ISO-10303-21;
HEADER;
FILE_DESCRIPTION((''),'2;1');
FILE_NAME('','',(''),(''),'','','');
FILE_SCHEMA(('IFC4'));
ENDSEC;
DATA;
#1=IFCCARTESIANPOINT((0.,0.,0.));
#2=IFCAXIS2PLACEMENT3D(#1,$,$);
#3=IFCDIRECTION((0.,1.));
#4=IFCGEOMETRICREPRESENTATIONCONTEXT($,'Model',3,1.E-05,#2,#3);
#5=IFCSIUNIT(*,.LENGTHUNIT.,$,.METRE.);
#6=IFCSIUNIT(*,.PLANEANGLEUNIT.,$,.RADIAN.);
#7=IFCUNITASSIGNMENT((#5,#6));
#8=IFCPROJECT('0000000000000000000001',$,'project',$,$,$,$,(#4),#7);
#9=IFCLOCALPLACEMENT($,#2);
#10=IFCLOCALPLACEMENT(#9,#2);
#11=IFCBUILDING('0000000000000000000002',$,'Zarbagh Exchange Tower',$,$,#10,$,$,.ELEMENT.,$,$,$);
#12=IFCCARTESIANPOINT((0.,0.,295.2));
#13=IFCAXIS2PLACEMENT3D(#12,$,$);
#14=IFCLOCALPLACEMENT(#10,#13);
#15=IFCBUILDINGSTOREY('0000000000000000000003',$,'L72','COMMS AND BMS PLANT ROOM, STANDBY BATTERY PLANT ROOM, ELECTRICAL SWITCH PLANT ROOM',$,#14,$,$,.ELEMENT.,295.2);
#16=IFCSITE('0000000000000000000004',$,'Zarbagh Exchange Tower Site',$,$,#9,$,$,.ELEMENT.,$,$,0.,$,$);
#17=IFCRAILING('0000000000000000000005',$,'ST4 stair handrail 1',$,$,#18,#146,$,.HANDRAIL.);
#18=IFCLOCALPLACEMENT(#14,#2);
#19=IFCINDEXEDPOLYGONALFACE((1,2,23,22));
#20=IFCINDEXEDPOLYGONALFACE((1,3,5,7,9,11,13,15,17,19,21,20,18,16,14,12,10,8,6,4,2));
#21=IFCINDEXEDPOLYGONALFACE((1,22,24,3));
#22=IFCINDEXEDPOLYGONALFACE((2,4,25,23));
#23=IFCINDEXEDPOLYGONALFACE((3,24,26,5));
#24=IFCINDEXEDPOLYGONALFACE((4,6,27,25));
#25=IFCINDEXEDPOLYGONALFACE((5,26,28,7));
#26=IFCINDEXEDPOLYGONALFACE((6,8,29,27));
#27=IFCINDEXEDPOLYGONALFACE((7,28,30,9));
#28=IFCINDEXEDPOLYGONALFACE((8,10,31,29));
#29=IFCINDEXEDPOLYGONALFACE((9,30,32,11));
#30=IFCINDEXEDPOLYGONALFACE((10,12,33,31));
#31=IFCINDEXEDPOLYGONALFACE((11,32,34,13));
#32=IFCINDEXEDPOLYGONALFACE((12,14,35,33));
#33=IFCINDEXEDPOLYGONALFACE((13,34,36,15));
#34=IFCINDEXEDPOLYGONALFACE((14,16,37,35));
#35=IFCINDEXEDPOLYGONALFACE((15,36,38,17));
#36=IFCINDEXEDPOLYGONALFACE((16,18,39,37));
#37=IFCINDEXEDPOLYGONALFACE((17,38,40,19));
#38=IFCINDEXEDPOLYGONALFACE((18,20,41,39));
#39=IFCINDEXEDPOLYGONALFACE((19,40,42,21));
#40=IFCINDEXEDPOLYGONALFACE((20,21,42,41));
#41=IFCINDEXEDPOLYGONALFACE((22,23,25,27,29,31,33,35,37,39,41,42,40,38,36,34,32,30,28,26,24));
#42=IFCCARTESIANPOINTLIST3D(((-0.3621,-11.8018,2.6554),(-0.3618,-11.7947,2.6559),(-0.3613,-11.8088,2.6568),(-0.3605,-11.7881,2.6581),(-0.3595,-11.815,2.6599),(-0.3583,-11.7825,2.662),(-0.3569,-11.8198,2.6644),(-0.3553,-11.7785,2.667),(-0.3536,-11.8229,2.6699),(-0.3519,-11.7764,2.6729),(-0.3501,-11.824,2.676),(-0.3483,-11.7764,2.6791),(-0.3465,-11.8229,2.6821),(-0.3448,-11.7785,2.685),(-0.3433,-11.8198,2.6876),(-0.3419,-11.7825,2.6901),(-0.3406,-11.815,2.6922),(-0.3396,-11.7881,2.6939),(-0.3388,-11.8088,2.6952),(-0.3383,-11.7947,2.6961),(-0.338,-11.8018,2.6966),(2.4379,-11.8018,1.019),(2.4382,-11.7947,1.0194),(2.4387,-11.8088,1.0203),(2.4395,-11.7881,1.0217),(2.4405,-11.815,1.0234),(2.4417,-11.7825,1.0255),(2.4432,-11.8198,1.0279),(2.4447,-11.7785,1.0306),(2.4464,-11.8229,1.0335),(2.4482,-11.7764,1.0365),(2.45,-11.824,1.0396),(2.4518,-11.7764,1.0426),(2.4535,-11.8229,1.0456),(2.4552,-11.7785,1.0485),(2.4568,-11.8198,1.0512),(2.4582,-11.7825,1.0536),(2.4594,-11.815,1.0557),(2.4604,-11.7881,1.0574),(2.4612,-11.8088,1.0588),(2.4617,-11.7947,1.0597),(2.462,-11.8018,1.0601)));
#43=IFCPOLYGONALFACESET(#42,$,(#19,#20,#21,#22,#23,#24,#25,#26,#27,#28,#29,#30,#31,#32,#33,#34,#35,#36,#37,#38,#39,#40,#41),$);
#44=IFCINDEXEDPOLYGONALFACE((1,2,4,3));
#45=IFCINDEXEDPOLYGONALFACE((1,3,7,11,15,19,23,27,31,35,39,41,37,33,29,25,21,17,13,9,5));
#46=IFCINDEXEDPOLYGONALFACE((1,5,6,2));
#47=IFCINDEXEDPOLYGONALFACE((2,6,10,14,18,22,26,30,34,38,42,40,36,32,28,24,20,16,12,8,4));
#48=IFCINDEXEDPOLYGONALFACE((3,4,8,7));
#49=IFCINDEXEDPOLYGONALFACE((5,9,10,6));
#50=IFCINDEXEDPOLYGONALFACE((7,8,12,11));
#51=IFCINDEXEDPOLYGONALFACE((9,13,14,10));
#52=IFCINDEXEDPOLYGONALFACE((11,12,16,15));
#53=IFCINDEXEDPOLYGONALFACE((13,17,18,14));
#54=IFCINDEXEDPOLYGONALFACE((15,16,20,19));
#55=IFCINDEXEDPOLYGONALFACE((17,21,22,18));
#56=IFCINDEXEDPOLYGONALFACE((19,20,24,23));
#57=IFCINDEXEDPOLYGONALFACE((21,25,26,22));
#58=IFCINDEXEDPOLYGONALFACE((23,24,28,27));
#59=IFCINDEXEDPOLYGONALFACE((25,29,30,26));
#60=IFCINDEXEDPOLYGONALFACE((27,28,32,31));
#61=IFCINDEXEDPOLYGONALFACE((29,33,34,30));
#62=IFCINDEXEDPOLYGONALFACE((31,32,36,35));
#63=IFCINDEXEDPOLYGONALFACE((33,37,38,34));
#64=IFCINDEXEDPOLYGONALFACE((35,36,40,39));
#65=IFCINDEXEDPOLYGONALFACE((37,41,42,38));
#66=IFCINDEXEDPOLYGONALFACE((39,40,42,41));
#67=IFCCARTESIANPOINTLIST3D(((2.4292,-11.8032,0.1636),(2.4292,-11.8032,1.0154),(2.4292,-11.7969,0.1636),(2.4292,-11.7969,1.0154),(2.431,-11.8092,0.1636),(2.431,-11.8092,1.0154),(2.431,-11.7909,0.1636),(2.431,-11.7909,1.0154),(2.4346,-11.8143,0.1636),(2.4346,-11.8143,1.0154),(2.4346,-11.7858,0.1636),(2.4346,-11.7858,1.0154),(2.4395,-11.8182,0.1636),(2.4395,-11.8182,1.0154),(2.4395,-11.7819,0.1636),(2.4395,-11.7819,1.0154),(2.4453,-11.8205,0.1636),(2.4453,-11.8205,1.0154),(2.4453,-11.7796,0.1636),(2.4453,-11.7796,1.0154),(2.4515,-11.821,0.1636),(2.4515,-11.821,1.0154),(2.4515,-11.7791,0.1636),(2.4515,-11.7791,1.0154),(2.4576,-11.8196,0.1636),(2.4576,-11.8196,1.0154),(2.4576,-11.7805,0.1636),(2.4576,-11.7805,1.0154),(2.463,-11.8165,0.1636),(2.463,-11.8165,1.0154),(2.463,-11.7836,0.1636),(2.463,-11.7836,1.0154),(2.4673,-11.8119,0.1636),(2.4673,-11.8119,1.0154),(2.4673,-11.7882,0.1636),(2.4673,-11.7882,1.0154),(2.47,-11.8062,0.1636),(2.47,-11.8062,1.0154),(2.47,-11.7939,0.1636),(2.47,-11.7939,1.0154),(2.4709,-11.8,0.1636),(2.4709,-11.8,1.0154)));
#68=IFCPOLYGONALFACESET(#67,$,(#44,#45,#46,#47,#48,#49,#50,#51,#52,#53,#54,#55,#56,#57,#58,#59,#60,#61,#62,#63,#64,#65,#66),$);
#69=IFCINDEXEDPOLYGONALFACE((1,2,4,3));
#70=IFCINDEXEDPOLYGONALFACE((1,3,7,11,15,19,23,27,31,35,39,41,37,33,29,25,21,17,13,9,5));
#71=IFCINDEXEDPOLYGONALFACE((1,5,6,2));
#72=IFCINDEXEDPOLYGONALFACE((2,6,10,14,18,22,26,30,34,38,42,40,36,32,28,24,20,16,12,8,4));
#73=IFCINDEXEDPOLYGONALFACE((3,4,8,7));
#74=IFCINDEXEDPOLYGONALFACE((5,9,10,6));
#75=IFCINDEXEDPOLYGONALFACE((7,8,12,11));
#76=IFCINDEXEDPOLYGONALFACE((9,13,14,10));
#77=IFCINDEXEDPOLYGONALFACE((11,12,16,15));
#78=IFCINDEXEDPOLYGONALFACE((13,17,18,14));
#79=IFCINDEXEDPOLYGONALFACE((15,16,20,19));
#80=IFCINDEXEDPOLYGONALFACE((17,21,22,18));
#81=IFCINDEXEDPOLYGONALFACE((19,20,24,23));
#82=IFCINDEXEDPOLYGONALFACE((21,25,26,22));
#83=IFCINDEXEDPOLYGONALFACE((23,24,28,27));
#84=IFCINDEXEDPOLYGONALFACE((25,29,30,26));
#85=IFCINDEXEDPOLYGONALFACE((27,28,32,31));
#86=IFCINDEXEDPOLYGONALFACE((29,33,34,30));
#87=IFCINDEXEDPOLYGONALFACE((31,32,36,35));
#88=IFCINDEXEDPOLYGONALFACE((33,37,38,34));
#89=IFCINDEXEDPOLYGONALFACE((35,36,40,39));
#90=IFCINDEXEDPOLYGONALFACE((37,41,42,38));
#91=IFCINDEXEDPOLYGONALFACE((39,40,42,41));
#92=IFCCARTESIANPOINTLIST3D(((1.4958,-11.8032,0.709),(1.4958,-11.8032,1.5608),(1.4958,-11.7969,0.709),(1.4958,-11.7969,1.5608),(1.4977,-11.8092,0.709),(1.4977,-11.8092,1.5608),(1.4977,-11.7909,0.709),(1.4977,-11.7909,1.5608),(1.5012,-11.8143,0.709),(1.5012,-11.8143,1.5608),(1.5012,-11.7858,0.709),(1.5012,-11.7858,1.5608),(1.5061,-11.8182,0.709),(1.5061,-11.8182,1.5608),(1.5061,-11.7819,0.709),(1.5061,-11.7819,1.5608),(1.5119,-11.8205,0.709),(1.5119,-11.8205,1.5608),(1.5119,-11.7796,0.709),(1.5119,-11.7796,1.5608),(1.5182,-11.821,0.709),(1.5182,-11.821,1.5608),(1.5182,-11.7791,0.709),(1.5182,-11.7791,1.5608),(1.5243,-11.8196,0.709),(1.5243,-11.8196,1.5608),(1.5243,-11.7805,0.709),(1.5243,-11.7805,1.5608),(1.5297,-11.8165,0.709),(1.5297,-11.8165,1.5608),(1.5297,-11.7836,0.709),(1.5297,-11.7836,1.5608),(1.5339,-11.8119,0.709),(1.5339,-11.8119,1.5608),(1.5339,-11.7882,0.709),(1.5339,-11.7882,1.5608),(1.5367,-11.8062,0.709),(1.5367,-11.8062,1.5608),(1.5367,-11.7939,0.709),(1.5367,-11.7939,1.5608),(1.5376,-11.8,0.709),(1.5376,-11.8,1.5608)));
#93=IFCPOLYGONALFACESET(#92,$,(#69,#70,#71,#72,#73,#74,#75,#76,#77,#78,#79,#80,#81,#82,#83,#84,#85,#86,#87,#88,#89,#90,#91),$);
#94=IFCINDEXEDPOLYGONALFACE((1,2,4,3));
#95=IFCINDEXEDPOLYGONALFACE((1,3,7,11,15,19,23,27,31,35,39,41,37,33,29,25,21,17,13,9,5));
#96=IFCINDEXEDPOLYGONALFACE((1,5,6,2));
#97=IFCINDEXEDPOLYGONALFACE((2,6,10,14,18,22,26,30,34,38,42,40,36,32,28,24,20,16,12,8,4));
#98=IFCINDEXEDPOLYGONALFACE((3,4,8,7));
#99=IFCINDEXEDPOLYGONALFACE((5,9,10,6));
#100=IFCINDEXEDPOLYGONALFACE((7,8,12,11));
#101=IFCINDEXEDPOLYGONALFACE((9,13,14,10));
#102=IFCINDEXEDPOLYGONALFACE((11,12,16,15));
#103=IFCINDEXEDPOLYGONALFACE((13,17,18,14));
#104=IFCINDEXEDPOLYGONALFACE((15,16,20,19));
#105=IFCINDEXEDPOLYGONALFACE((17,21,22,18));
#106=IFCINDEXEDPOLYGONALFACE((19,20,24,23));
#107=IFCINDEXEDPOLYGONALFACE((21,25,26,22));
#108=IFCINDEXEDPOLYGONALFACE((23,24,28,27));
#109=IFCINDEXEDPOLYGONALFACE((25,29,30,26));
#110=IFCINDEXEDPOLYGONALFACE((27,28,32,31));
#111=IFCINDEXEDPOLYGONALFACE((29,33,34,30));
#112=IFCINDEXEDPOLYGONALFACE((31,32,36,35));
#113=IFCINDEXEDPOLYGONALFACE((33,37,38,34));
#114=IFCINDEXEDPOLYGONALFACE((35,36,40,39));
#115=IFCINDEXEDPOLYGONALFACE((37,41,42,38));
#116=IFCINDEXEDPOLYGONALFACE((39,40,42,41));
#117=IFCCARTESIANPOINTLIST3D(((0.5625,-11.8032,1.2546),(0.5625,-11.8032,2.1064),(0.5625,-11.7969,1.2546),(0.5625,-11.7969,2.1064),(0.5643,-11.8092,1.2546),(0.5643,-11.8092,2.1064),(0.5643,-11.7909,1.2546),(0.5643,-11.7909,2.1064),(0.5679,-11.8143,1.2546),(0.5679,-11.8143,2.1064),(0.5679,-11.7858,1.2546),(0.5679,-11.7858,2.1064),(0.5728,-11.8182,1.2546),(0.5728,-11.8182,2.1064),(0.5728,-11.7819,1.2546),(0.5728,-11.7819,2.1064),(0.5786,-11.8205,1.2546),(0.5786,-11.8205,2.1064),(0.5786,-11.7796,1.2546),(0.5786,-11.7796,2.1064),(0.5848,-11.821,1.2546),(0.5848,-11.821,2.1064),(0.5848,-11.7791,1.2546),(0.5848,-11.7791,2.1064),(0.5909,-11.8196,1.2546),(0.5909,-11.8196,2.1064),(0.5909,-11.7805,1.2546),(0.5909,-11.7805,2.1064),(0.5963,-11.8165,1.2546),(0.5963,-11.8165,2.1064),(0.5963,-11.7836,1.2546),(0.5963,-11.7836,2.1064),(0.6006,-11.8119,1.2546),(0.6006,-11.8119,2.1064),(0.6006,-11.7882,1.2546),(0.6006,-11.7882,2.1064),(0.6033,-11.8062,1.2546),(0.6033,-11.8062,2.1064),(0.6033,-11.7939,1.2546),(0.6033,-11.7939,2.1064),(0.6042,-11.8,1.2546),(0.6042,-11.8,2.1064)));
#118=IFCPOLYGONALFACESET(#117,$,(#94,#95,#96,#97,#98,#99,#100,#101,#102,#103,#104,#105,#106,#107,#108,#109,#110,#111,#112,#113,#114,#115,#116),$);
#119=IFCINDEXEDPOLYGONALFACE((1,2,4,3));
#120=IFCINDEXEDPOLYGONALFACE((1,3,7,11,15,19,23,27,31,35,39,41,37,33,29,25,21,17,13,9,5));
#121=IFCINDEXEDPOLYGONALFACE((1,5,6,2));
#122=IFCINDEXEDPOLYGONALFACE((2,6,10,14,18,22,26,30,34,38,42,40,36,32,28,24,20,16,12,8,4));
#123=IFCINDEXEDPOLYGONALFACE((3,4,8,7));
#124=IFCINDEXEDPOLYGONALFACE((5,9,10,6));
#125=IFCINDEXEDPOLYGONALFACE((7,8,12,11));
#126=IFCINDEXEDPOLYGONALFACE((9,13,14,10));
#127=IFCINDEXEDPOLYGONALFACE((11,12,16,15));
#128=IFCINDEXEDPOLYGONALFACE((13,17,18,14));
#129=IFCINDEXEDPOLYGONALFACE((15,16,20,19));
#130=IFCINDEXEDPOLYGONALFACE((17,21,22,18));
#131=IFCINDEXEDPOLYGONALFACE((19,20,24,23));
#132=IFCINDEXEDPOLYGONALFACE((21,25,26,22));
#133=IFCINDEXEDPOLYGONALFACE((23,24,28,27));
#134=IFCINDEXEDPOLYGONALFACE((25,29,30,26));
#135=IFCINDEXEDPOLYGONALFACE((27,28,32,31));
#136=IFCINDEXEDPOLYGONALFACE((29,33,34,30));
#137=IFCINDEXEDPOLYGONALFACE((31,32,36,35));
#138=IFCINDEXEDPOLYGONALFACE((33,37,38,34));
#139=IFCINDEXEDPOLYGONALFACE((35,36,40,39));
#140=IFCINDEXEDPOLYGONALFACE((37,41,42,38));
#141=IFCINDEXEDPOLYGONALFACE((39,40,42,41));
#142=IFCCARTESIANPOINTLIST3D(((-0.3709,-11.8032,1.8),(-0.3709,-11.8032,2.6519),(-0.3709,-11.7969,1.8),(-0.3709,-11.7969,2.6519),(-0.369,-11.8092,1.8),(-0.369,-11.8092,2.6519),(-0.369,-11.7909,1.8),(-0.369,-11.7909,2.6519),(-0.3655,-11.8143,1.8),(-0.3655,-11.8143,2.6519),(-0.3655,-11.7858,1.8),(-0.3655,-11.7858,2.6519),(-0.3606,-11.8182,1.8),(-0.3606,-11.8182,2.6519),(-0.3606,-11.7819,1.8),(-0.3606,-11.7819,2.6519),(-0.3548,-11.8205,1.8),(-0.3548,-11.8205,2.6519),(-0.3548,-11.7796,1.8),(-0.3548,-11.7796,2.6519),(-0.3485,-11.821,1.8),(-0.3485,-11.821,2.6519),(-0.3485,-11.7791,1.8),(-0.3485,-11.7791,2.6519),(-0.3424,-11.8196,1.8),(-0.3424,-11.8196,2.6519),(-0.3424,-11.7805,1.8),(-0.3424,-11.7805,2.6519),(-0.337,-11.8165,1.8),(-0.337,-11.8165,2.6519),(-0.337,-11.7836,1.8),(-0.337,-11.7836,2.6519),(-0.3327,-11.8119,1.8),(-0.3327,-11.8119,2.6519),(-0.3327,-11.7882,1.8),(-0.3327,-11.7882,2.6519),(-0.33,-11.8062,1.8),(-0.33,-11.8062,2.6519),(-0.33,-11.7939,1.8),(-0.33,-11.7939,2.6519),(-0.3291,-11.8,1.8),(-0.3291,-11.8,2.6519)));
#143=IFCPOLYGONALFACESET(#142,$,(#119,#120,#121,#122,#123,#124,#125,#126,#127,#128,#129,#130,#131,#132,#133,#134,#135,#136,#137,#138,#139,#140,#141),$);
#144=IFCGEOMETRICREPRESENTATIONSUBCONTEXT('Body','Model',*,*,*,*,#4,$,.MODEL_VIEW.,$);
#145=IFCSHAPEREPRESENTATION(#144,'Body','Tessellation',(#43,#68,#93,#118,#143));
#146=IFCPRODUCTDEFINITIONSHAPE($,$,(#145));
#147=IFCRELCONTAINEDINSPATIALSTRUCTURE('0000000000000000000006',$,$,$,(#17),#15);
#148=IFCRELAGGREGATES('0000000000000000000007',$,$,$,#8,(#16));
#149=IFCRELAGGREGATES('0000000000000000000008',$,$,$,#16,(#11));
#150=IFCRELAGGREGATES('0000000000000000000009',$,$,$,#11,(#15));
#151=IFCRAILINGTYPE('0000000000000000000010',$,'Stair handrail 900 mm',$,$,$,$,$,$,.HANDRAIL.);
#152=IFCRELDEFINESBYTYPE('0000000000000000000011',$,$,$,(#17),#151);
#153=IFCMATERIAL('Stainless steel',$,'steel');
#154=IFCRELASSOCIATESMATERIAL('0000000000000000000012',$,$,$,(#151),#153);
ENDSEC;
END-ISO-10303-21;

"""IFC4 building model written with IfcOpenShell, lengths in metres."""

from ifc_helpers import new_model, si_unit, direction, frame, origin, origin_2d, place, context, subcontext, project, spatial, circle, extrude, material, type_object, element, save


model = new_model("IFC4")

# Units and contexts
model_context = context("Model", 3, precision=1e-05, world=origin(), true_north=direction((0.0, 1.0)))
body_context = subcontext(model_context, "Body", "Model", "MODEL_VIEW")
ifc_project = project(units=[si_unit("LENGTHUNIT", "METRE"), si_unit("PLANEANGLEUNIT", "RADIAN")], contexts=[model_context])

# Site, building, storey
site_placement = place(None, origin())
site = spatial("IfcSite", under=ifc_project, at=site_placement, Name="Zarbagh Exchange Tower Site", CompositionType="ELEMENT", RefElevation=0.0)
building_placement = place(site_placement, origin())
building = spatial("IfcBuilding", under=site, at=building_placement, Name="Zarbagh Exchange Tower", CompositionType="ELEMENT")
storey_placement = place(building_placement, frame((0.0, 0.0, 295.2)))
storey = spatial("IfcBuildingStorey", under=building, at=storey_placement, Name="L72", Description="COMMS AND BMS PLANT ROOM, STANDBY BATTERY PLANT ROOM, ELECTRICAL SWITCH PLANT ROOM", CompositionType="ELEMENT", Elevation=295.2)

# Railing
ifc_material_1 = material(Name="Stainless steel", Category="steel")
railing_type = type_object("IfcRailingType", Name="Stair handrail 900 mm", PredefinedType="HANDRAIL", material=ifc_material_1)
railing_1_placement = place(storey_placement, frame((2.45, -11.8, 0.1636)))
element("IfcRailing", 1, at=railing_1_placement, inside=storey, type_object=railing_type, Name="ST4 stair handrail 1", PredefinedType="HANDRAIL", context=body_context, shape_type="SweptSolid", body=[
    extrude(circle(Radius=0.0239, at=origin_2d()), frame((0.0, 0.0, 0.876), z_axis=(-0.863361, 0.0, 0.504587), x_axis=(0.0, -1.0, 0.0)), (0.0, 0.0, 1.0), 3.2432),
    extrude(circle(Radius=0.021, at=origin_2d()), origin(), (0.0, 0.0, 1.0), 0.8518),
    extrude(circle(Radius=0.021, at=origin_2d()), frame((-0.9333, 0.0, 0.5454)), (0.0, 0.0, 1.0), 0.8518),
    extrude(circle(Radius=0.021, at=origin_2d()), frame((-1.8667, 0.0, 1.0911)), (0.0, 0.0, 1.0), 0.8518),
    extrude(circle(Radius=0.021, at=origin_2d()), frame((-2.8, 0.0, 1.6365)), (0.0, 0.0, 1.0), 0.8518),
])

save(model, "model.ifc")
